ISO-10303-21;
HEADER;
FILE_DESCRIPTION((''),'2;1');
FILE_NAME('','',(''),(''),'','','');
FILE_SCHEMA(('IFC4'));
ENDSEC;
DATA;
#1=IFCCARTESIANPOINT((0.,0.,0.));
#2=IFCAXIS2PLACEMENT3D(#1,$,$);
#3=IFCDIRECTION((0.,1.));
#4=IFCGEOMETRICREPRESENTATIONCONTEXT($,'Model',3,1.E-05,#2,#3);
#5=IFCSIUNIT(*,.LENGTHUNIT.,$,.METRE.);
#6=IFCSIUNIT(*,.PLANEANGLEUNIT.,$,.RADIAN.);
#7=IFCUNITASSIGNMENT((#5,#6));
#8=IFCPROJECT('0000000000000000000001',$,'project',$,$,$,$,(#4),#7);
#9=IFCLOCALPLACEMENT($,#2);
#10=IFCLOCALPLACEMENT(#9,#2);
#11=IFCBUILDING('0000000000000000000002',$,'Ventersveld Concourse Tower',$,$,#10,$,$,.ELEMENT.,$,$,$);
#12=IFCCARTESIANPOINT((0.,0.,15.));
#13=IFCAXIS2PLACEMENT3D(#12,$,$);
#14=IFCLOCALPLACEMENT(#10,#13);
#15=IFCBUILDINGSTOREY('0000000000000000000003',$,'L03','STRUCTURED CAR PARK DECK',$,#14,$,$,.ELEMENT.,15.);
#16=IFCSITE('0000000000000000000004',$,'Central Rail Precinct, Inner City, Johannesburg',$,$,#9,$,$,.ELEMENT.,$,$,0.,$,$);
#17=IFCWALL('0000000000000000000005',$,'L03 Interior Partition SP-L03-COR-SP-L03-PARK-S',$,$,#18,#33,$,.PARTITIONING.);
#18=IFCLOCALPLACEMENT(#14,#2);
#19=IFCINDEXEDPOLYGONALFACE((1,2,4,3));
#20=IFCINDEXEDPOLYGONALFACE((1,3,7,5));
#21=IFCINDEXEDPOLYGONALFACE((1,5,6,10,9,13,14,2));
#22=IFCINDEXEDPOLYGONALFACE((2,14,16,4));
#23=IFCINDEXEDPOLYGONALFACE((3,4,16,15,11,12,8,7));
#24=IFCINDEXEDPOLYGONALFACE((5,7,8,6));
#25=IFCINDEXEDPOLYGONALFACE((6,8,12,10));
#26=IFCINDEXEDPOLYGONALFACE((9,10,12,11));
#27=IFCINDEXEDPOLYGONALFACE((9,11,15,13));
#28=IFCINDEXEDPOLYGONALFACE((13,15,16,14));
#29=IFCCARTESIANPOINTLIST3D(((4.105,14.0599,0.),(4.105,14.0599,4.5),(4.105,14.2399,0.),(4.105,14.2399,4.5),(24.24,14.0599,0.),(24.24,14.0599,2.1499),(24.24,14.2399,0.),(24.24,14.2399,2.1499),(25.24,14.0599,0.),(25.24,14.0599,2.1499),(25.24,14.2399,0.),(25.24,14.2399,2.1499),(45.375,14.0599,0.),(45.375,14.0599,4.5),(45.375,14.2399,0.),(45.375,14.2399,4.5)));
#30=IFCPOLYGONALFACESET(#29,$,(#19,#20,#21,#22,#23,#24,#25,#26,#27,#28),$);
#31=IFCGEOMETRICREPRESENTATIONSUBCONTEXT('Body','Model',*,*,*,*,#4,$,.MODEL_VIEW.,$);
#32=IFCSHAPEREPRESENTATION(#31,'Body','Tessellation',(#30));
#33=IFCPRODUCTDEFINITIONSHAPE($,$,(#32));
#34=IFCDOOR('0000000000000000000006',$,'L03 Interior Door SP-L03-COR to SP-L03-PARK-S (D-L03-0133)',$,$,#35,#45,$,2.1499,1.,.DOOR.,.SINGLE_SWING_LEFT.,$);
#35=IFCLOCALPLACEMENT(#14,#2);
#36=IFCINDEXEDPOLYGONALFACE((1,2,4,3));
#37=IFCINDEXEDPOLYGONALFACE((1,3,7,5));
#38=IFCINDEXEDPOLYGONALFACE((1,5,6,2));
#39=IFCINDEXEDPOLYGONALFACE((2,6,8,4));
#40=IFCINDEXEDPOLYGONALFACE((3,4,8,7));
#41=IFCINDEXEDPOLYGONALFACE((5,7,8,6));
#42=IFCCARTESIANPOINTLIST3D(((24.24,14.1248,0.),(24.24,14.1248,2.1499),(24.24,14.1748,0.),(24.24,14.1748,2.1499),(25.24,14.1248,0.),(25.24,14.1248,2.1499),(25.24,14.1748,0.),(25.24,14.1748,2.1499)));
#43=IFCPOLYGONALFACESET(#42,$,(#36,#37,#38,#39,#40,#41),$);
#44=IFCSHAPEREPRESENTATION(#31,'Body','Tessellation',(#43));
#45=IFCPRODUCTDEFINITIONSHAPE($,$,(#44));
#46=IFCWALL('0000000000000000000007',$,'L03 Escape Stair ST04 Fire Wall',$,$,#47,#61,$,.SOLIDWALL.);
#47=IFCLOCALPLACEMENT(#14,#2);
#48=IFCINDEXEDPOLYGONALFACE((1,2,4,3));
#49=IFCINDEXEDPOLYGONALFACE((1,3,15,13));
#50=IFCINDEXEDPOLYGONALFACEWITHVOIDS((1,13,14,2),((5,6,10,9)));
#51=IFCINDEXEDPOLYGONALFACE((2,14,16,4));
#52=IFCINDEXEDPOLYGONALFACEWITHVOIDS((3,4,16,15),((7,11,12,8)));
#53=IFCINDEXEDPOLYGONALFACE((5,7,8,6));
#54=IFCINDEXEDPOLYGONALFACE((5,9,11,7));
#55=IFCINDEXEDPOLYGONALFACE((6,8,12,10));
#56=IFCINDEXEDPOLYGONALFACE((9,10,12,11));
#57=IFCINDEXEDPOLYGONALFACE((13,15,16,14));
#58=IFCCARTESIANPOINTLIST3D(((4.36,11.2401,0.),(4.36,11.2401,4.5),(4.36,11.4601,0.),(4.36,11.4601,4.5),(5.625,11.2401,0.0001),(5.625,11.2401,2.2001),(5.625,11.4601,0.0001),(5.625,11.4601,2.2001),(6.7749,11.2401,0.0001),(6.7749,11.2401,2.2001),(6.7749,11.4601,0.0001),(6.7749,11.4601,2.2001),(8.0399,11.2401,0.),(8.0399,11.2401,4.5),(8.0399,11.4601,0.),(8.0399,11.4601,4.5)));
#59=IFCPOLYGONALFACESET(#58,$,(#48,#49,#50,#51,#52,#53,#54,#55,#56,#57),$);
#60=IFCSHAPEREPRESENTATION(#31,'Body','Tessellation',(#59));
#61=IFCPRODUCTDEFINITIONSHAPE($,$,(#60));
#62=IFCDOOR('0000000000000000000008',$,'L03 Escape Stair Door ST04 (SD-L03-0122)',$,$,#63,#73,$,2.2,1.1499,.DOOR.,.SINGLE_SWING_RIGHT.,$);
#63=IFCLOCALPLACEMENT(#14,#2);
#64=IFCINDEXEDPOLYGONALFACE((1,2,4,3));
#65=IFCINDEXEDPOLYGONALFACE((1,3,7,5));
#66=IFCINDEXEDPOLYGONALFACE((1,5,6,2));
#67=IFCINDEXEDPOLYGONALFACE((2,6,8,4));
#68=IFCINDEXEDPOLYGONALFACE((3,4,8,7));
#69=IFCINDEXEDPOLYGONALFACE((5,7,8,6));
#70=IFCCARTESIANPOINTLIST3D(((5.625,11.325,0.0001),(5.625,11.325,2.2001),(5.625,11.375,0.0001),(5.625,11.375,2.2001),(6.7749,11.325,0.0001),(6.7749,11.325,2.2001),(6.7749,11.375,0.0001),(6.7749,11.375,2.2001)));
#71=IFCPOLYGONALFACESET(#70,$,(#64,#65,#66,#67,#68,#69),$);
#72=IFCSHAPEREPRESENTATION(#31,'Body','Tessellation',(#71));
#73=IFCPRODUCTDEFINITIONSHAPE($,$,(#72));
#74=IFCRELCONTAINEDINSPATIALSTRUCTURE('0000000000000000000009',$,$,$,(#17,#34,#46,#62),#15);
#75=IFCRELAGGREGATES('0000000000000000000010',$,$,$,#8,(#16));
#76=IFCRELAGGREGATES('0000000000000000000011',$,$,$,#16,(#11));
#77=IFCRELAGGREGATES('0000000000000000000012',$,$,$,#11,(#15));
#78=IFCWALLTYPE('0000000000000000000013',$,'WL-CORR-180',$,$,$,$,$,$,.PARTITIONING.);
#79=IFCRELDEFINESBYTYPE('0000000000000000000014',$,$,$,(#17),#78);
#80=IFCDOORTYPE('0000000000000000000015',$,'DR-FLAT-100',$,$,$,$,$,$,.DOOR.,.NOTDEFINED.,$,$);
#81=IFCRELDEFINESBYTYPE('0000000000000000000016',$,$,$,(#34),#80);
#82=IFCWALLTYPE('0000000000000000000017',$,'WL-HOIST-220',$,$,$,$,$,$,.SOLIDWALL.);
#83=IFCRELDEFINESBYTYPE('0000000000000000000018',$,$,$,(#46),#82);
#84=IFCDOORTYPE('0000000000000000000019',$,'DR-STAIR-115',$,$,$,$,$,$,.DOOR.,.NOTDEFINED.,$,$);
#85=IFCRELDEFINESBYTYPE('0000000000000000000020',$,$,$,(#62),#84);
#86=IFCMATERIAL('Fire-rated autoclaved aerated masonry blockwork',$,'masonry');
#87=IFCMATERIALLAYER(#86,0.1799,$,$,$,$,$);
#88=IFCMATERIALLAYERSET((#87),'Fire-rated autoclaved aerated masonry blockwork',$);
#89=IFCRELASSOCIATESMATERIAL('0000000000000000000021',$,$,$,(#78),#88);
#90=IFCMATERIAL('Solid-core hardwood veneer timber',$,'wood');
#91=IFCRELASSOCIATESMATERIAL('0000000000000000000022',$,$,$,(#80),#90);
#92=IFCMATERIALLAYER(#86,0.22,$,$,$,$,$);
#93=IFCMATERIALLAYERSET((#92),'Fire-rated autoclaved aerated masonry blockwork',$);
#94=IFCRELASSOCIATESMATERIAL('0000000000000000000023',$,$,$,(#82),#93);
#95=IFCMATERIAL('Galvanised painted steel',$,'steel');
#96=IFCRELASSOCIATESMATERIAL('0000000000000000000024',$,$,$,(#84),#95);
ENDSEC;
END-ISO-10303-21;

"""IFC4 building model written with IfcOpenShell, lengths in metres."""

from ifc_helpers import new_model, si_unit, direction, frame, frame_2d, origin, place, context, subcontext, project, spatial, rectangle, extrude, material, layer, layer_set, type_object, element, fill, save


model = new_model("IFC4")

# Units and contexts
model_context = context("Model", 3, precision=1e-05, world=origin(), true_north=direction((0.0, 1.0)))
body_context = subcontext(model_context, "Body", "Model", "MODEL_VIEW")
ifc_project = project(units=[si_unit("LENGTHUNIT", "METRE"), si_unit("PLANEANGLEUNIT", "RADIAN")], contexts=[model_context])

# Site, building, storey
site_placement = place(None, origin())
site = spatial("IfcSite", under=ifc_project, at=site_placement, Name="Central Rail Precinct, Inner City, Johannesburg", CompositionType="ELEMENT", RefElevation=0.0)
building_placement = place(site_placement, origin())
building = spatial("IfcBuilding", under=site, at=building_placement, Name="Ventersveld Concourse Tower", CompositionType="ELEMENT")
storey_placement = place(building_placement, frame((0.0, 0.0, 15.0)))
storey = spatial("IfcBuildingStorey", under=building, at=storey_placement, Name="L03", Description="STRUCTURED CAR PARK DECK", CompositionType="ELEMENT", Elevation=15.0)

# Walls, openings, doors
ifc_material_1 = material(Name="Fire-rated autoclaved aerated masonry blockwork", Category="masonry")
ifc_layer_1 = layer(ifc_material_1, 0.1799)
ifc_layer_set_1 = layer_set([ifc_layer_1], Name="Fire-rated autoclaved aerated masonry blockwork")
wall_type_1 = type_object("IfcWallType", Name="WL-CORR-180", PredefinedType="PARTITIONING", material=ifc_layer_set_1)
wall_1_placement = place(storey_placement, frame((4.105, 14.1499, 0.0), z_axis=(0.0, 0.0, 1.0), x_axis=(1.0, 0.0, 0.0)))
wall_1 = element("IfcWall", 1, at=wall_1_placement, inside=storey, type_object=wall_type_1, Name="L03 Interior Partition SP-L03-COR-SP-L03-PARK-S", PredefinedType="PARTITIONING", context=body_context, shape_type="SweptSolid", body=[
    extrude(rectangle(XDim=41.27, YDim=0.1799, at=frame_2d((20.635, 0.0))), origin(), (0.0, 0.0, 1.0), 4.5),
])
opening_1_placement = place(wall_1_placement, frame((20.135, 0.0, 0.0)))
opening_1 = element("IfcOpeningElement", 2, at=opening_1_placement, cuts=wall_1, PredefinedType="OPENING", context=body_context, shape_type="SweptSolid", body=[
    extrude(rectangle(XDim=1.0, YDim=2.1499, at=frame_2d((0.5, 1.075))), frame((0.0, 0.1001, 0.0), z_axis=(0.0, -1.0, 0.0), x_axis=(1.0, 0.0, 0.0)), (0.0, 0.0, 1.0), 0.2),
])
ifc_material_2 = material(Name="Solid-core hardwood veneer timber", Category="wood")
door_type_1 = type_object("IfcDoorType", Name="DR-FLAT-100", OperationType="NOTDEFINED", PredefinedType="DOOR", material=ifc_material_2)
door_1_placement = place(opening_1_placement, origin())
door_1 = element("IfcDoor", 3, at=door_1_placement, inside=storey, type_object=door_type_1, Name="L03 Interior Door SP-L03-COR to SP-L03-PARK-S (D-L03-0133)", OperationType="SINGLE_SWING_LEFT", OverallHeight=2.1499, OverallWidth=1.0, PredefinedType="DOOR", context=body_context, shape_type="SweptSolid", body=[
    extrude(rectangle(XDim=1.0, YDim=2.1499, at=frame_2d((0.5, 1.075))), frame((0.0, 0.0249, 0.0), z_axis=(0.0, -1.0, 0.0), x_axis=(1.0, 0.0, 0.0)), (0.0, 0.0, 1.0), 0.05),
])
fill(opening_1, door_1)
ifc_layer_2 = layer(ifc_material_1, 0.22)
ifc_layer_set_2 = layer_set([ifc_layer_2], Name="Fire-rated autoclaved aerated masonry blockwork")
wall_type_2 = type_object("IfcWallType", Name="WL-HOIST-220", PredefinedType="SOLIDWALL", material=ifc_layer_set_2)
wall_2_placement = place(storey_placement, frame((4.3601, 11.3501, 0.0), z_axis=(0.0, 0.0, 1.0), x_axis=(1.0, 0.0, 0.0)))
wall_2 = element("IfcWall", 4, at=wall_2_placement, inside=storey, type_object=wall_type_2, Name="L03 Escape Stair ST04 Fire Wall", PredefinedType="SOLIDWALL", context=body_context, shape_type="SweptSolid", body=[
    extrude(rectangle(XDim=3.6799, YDim=0.22, at=frame_2d((1.8398, 0.0))), origin(), (0.0, 0.0, 1.0), 4.5),
])
opening_2_placement = place(wall_2_placement, frame((1.2649, 0.0, 0.0)))
opening_2 = element("IfcOpeningElement", 5, at=opening_2_placement, cuts=wall_2, PredefinedType="OPENING", context=body_context, shape_type="SweptSolid", body=[
    extrude(rectangle(XDim=1.1499, YDim=2.2, at=frame_2d((0.575, 1.1001))), frame((0.0, 0.1201, 0.0), z_axis=(0.0, -1.0, 0.0), x_axis=(1.0, 0.0, 0.0)), (0.0, 0.0, 1.0), 0.24),
])
ifc_material_3 = material(Name="Galvanised painted steel", Category="steel")
door_type_2 = type_object("IfcDoorType", Name="DR-STAIR-115", OperationType="NOTDEFINED", PredefinedType="DOOR", material=ifc_material_3)
door_2_placement = place(opening_2_placement, origin())
door_2 = element("IfcDoor", 6, at=door_2_placement, inside=storey, type_object=door_type_2, Name="L03 Escape Stair Door ST04 (SD-L03-0122)", OperationType="SINGLE_SWING_RIGHT", OverallHeight=2.2, OverallWidth=1.1499, PredefinedType="DOOR", context=body_context, shape_type="SweptSolid", body=[
    extrude(rectangle(XDim=1.1499, YDim=2.2, at=frame_2d((0.575, 1.1001))), frame((0.0, 0.0249, 0.0), z_axis=(0.0, -1.0, 0.0), x_axis=(1.0, 0.0, 0.0)), (0.0, 0.0, 1.0), 0.05),
])
fill(opening_2, door_2)

save(model, "model.ifc")
